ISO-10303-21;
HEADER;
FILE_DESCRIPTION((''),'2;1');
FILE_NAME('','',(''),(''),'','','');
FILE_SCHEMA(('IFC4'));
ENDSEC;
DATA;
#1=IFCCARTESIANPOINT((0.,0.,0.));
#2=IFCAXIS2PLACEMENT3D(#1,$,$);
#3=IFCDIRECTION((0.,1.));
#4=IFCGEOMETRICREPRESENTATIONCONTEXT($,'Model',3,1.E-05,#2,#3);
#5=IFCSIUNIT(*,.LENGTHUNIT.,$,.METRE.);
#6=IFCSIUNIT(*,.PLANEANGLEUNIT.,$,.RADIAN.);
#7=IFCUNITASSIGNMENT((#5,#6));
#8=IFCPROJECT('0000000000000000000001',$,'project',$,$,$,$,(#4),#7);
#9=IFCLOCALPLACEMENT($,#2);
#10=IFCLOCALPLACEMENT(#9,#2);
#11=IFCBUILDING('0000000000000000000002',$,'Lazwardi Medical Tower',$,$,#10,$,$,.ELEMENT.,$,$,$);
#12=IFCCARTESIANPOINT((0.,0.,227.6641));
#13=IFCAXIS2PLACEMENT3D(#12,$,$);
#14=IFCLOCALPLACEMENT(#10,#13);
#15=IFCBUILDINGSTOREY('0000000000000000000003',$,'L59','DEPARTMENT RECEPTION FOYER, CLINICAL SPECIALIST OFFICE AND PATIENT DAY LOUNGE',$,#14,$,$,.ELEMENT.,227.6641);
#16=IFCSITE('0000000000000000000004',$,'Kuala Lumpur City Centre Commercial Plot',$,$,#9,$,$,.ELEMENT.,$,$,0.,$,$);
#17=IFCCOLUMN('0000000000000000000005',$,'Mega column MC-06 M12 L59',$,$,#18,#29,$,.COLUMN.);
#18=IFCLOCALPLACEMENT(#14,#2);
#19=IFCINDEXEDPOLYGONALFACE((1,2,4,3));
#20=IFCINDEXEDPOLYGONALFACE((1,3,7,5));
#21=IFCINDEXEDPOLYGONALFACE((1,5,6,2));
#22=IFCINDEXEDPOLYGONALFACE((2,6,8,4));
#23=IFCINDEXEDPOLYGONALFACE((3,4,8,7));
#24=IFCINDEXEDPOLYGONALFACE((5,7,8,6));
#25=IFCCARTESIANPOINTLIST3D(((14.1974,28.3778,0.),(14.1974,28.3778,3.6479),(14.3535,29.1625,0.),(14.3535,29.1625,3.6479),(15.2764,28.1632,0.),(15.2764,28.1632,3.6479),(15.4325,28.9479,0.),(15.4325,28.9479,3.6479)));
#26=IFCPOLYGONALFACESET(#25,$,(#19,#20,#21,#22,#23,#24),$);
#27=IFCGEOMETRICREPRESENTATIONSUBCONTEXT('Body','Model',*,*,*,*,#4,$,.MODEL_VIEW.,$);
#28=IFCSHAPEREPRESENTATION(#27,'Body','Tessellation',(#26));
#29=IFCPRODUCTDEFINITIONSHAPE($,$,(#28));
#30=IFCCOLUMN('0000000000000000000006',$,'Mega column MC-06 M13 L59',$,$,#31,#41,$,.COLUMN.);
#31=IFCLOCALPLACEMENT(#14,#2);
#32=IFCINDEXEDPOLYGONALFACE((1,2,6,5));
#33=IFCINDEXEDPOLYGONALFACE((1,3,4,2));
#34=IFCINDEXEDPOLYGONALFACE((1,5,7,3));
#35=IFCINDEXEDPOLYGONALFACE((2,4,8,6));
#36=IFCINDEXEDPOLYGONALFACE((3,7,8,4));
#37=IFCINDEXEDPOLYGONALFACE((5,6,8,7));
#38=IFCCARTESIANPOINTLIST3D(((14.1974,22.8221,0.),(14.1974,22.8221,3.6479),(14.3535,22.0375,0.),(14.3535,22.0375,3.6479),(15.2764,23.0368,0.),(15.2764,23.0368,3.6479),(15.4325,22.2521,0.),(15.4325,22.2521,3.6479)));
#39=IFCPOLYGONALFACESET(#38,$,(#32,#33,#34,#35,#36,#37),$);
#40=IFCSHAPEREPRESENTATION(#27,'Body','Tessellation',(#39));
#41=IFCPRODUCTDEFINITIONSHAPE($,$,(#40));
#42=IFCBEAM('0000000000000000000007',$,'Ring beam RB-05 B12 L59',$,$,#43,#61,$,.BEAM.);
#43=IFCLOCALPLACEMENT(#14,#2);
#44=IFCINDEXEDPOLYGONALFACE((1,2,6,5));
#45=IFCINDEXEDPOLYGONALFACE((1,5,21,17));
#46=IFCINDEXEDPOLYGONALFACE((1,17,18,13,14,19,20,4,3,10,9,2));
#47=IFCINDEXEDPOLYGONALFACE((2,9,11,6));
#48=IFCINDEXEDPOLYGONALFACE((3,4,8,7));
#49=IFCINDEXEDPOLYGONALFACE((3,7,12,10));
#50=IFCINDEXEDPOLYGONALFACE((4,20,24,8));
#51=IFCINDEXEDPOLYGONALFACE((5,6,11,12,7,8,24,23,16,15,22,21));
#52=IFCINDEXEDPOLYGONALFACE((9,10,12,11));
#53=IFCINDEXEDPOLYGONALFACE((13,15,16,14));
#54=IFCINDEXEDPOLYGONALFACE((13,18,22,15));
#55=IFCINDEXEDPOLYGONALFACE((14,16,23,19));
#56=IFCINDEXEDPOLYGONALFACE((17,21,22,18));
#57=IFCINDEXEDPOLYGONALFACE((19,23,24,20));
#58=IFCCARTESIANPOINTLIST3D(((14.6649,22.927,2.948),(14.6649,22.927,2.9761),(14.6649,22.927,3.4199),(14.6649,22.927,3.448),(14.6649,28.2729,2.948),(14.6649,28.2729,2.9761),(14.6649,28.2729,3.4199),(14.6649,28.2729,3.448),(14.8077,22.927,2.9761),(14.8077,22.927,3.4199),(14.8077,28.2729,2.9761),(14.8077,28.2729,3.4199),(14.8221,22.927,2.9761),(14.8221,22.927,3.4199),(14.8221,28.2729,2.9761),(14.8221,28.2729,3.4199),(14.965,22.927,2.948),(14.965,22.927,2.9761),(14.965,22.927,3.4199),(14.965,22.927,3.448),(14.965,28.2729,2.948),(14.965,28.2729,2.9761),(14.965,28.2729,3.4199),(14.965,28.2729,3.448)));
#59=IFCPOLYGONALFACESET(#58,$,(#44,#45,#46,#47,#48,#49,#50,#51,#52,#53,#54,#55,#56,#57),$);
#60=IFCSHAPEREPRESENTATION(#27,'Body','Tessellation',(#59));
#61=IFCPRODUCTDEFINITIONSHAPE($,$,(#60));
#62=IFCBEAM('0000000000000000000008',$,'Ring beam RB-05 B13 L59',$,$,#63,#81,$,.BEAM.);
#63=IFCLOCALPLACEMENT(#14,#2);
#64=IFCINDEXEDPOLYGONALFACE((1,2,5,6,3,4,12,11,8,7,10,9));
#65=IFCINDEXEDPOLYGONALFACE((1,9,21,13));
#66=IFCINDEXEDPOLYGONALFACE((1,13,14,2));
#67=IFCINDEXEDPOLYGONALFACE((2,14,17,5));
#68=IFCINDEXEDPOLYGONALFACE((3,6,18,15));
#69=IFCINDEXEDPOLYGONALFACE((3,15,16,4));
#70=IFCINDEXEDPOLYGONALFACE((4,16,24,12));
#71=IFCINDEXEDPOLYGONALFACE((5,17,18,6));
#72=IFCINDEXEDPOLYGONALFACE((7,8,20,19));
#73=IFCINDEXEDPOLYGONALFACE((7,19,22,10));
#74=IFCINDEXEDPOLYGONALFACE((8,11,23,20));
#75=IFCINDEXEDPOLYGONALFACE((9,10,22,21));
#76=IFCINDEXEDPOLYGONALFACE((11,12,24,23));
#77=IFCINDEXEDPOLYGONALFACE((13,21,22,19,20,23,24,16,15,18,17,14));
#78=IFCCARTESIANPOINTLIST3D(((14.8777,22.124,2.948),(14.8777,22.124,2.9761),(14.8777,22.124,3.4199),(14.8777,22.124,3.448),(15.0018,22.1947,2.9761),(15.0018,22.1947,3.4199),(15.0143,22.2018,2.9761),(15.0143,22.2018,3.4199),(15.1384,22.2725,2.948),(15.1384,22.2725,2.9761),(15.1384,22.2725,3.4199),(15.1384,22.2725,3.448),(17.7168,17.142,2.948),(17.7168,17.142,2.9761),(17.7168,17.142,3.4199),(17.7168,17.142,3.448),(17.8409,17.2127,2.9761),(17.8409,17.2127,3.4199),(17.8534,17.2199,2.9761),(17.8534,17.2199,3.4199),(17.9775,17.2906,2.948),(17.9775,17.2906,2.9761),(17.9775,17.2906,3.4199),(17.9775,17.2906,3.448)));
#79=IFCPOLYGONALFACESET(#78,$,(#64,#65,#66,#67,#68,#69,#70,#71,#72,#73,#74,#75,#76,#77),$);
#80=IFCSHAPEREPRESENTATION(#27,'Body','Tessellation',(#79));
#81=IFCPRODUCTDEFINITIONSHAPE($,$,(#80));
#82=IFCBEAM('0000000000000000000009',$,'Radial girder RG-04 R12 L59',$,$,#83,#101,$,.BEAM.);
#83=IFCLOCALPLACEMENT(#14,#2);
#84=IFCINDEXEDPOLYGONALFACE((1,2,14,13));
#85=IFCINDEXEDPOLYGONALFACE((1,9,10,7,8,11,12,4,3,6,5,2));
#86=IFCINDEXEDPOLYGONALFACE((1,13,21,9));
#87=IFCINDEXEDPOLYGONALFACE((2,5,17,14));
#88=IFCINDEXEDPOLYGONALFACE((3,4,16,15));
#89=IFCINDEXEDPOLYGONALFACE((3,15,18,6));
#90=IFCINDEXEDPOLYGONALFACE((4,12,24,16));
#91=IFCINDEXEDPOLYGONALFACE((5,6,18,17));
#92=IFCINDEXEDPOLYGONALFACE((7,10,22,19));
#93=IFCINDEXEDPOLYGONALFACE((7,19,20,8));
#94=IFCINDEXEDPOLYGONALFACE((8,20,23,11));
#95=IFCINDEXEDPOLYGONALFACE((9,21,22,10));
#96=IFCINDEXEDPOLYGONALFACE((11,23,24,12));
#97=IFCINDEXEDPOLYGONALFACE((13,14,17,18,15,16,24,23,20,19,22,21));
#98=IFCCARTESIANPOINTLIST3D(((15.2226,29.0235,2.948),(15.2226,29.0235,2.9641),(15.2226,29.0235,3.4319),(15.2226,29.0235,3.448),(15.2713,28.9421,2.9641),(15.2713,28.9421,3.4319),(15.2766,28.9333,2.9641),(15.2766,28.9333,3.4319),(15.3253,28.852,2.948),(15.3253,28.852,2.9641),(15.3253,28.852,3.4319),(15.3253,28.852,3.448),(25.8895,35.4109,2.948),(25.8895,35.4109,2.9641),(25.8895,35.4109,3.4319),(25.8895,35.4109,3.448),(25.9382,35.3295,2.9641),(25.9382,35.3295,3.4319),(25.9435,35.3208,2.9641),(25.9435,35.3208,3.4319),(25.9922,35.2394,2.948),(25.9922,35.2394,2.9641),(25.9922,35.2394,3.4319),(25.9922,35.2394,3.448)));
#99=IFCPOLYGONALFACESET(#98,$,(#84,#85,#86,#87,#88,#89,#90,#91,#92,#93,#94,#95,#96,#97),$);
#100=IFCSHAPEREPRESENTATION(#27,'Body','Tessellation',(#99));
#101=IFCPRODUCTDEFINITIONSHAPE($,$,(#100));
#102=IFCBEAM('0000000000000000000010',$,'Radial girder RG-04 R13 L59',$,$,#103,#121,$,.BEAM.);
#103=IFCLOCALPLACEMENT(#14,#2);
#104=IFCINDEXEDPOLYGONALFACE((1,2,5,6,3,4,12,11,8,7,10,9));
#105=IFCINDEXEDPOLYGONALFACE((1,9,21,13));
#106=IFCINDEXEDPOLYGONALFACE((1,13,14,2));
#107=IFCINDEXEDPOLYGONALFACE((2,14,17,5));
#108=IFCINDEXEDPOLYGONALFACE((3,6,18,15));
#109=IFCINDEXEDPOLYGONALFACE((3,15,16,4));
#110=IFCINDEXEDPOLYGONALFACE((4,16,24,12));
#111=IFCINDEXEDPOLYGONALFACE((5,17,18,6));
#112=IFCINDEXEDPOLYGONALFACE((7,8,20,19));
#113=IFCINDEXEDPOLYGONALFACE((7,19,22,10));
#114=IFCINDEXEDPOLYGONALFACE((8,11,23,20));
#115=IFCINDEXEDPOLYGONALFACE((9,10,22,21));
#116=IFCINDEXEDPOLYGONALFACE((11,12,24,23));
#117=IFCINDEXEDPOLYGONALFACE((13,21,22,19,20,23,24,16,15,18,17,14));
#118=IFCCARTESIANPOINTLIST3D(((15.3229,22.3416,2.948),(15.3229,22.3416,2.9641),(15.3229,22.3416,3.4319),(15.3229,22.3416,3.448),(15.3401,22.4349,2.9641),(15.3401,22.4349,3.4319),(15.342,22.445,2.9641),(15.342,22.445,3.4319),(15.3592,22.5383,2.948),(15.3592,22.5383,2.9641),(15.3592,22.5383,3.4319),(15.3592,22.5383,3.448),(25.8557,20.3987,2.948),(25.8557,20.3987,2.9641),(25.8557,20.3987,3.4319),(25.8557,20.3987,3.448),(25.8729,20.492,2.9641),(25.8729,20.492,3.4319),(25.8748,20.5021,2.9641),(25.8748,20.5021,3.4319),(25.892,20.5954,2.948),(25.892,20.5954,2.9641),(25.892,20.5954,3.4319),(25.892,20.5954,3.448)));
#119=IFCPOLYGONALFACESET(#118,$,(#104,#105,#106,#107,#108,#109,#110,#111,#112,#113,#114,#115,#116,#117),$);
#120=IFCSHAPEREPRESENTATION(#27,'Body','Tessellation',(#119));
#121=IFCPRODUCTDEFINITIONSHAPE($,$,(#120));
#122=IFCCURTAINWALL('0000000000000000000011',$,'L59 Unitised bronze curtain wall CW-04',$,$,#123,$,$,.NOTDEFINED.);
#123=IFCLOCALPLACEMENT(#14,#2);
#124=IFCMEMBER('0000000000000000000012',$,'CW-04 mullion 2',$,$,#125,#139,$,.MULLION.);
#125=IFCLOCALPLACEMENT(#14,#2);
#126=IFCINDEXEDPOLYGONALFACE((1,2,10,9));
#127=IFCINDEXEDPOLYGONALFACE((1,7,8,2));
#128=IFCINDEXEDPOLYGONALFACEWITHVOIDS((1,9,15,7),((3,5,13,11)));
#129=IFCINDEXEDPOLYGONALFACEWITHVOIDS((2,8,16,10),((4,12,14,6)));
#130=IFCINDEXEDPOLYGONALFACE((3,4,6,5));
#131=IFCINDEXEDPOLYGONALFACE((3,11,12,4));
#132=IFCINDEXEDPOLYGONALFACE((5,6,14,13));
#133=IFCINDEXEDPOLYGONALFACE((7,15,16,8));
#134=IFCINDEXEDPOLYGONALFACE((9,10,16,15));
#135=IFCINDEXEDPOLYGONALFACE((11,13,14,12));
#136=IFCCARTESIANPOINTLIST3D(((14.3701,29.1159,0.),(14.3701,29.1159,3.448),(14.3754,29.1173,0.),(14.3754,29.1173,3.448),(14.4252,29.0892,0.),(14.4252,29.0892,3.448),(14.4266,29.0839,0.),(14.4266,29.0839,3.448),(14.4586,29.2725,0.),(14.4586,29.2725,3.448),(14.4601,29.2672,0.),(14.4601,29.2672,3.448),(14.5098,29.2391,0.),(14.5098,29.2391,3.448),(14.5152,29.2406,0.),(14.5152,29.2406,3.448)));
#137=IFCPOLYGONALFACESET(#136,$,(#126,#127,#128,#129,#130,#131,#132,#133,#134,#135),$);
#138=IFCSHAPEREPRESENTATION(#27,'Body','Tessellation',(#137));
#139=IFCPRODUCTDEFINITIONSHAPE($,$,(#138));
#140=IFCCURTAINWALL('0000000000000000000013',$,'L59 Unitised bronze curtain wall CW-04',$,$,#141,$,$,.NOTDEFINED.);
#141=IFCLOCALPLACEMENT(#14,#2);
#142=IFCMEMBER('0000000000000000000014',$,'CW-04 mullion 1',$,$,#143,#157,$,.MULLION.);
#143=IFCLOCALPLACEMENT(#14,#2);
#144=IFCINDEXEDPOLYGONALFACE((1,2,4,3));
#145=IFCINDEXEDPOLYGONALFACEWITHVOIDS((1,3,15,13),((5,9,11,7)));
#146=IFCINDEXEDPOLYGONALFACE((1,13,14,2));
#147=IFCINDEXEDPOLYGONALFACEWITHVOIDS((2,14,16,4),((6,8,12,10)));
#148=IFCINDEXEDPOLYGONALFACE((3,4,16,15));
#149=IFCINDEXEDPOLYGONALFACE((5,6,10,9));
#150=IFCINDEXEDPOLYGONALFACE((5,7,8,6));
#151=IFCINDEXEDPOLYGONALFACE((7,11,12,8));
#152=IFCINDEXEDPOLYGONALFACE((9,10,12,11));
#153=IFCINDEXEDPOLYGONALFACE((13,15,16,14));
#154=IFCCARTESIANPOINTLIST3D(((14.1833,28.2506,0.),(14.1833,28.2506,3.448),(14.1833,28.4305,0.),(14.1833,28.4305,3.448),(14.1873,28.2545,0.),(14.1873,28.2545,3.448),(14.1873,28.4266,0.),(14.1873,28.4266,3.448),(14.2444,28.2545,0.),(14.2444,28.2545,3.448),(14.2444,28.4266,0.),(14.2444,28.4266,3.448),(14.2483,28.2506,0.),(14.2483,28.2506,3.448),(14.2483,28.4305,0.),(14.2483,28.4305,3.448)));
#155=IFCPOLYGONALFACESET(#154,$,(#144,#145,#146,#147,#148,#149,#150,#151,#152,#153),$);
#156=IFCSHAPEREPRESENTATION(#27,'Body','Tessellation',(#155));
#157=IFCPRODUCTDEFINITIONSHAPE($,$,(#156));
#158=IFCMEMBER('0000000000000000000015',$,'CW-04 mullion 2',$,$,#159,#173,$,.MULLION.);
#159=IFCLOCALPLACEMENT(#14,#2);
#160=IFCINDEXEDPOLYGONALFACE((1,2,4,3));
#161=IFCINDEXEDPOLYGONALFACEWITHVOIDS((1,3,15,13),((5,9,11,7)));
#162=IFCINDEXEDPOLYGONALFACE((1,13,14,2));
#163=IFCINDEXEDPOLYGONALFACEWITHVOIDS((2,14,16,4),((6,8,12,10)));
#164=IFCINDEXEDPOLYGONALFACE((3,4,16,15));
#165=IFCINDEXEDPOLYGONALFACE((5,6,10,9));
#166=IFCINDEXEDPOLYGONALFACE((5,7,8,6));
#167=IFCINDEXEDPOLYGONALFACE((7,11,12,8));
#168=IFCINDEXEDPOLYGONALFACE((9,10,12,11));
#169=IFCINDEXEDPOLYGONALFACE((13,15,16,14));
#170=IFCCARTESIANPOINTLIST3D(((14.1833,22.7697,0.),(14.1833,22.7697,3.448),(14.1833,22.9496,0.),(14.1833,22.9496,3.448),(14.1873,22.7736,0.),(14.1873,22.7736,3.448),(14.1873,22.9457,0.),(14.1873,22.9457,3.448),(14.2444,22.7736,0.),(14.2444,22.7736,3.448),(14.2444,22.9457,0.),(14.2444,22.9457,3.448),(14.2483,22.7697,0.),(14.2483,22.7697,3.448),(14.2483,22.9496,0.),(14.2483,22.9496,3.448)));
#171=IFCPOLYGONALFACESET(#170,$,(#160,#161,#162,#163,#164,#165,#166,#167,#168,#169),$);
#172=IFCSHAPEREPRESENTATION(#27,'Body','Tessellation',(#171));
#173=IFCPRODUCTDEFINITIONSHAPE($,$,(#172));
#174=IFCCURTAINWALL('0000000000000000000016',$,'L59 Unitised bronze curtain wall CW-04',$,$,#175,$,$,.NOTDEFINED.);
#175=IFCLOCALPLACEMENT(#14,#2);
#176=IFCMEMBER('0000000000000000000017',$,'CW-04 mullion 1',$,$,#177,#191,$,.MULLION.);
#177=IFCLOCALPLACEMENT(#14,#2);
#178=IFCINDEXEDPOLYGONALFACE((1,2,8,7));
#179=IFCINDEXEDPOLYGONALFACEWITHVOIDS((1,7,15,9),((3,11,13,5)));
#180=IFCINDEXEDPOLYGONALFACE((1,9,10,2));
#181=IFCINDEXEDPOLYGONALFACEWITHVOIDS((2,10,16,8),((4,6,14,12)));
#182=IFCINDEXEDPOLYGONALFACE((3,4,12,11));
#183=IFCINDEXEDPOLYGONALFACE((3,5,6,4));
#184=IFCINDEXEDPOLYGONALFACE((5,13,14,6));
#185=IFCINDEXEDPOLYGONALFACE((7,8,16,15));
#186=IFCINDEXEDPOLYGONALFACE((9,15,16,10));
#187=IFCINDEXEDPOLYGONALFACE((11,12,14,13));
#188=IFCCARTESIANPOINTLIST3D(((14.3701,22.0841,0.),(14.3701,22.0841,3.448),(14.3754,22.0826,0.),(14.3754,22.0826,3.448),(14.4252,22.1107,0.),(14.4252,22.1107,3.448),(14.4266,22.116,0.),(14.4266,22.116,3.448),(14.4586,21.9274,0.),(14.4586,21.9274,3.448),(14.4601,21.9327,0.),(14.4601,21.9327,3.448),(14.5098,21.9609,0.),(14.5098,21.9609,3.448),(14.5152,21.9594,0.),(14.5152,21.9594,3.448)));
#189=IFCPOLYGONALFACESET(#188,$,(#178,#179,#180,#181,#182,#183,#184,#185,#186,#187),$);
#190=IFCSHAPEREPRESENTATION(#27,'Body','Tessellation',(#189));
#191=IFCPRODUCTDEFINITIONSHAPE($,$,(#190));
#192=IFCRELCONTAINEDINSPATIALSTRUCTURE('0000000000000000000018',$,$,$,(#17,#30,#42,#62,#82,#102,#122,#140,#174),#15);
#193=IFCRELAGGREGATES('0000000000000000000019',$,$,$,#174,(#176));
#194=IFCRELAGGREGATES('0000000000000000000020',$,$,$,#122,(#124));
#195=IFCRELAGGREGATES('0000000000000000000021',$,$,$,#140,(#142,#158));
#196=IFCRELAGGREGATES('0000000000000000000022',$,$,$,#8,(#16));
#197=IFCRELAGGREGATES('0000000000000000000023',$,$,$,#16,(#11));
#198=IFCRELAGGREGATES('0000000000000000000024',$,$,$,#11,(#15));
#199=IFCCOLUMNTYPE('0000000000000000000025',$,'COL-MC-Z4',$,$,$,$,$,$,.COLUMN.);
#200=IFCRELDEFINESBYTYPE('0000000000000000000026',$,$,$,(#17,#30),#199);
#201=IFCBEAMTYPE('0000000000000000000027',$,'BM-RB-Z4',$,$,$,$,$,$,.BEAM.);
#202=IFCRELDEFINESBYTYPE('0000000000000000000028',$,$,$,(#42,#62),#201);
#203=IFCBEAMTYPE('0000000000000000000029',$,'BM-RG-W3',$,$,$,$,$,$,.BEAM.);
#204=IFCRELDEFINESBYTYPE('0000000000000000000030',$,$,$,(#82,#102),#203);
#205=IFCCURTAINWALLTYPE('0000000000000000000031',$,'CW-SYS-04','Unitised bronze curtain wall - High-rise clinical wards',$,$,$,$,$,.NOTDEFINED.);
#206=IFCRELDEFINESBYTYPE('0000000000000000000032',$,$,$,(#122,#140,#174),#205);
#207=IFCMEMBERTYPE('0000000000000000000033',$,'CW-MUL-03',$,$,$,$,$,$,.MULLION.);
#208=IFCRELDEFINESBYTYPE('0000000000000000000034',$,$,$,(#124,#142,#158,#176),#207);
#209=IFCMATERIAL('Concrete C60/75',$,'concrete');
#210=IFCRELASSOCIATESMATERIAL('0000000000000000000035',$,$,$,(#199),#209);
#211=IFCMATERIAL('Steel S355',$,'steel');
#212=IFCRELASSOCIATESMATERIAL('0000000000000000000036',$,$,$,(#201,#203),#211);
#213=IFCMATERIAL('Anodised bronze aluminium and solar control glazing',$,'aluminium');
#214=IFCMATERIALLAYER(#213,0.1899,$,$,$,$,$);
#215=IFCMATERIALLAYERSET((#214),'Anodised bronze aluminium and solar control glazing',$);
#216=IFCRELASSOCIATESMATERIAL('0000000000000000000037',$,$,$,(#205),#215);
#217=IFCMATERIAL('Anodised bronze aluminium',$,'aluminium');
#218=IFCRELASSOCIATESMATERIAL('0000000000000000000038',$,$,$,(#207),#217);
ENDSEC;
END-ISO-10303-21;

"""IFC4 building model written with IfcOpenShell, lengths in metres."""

from ifc_helpers import new_model, si_unit, direction, frame, origin, origin_2d, place, context, subcontext, project, spatial, rectangle, hollow_rectangle, i_section, extrude, material, layer, layer_set, material_profile, profile_set, type_object, element, aggregate, save


model = new_model("IFC4")

# Units and contexts
model_context = context("Model", 3, precision=1e-05, world=origin(), true_north=direction((0.0, 1.0)))
body_context = subcontext(model_context, "Body", "Model", "MODEL_VIEW")
ifc_project = project(units=[si_unit("LENGTHUNIT", "METRE"), si_unit("PLANEANGLEUNIT", "RADIAN")], contexts=[model_context])

# Site, building, storey
site_placement = place(None, origin())
site = spatial("IfcSite", under=ifc_project, at=site_placement, Name="Kuala Lumpur City Centre Commercial Plot", CompositionType="ELEMENT", RefElevation=0.0)
building_placement = place(site_placement, origin())
building = spatial("IfcBuilding", under=site, at=building_placement, Name="Lazwardi Medical Tower", CompositionType="ELEMENT")
storey_placement = place(building_placement, frame((0.0, 0.0, 227.6641)))
storey = spatial("IfcBuildingStorey", under=building, at=storey_placement, Name="L59", Description="DEPARTMENT RECEPTION FOYER, CLINICAL SPECIALIST OFFICE AND PATIENT DAY LOUNGE", CompositionType="ELEMENT", Elevation=227.6641)

# Columns
ifc_material_1 = material(Name="Concrete C60/75", Category="concrete")
ifc_material_profile_1 = material_profile(ifc_material_1, rectangle(XDim=1.1001, YDim=0.8, at=origin_2d()), Name="CFT-RECT 1100x800")
ifc_profile_set_1 = profile_set([ifc_material_profile_1], Name="Concrete C60/75")
column_type = type_object("IfcColumnType", Name="COL-MC-Z4", PredefinedType="COLUMN", material=ifc_profile_set_1)
for number, where, z_axis, x_axis, name in (
    (1, (14.8149, 28.6628, 0.0), (0.0, 0.0, 1.0), (-0.980785, 0.19509, 0.0), "Mega column MC-06 M12 L59"),
    (2, (14.8149, 22.5371, 0.0), (0.0, 0.0, 1.0), (-0.980785, -0.19509, 0.0), "Mega column MC-06 M13 L59"),
):
    element("IfcColumn", number, at=place(storey_placement, frame(where, z_axis=z_axis, x_axis=x_axis)), inside=storey, type_object=column_type, Name=name, PredefinedType="COLUMN", context=body_context, shape_type="SweptSolid", body=[
        extrude(rectangle(XDim=1.1001, YDim=0.8, at=origin_2d()), origin(), (0.0, 0.0, 1.0), 3.6479),
    ])

# Beams
ifc_material_2 = material(Name="Steel S355", Category="steel")
ifc_material_profile_2 = material_profile(ifc_material_2, i_section(OverallWidth=0.3, OverallDepth=0.5, WebThickness=0.0144, FlangeThickness=0.0281, at=origin_2d()), Name="HEB 500")
ifc_profile_set_2 = profile_set([ifc_material_profile_2], Name="Steel S355")
beam_type_1 = type_object("IfcBeamType", Name="BM-RB-Z4", PredefinedType="BEAM", material=ifc_profile_set_2)
beam_1_placement = place(storey_placement, frame((14.8149, 28.2729, 3.198), z_axis=(0.0, -1.0, 0.0), x_axis=(1.0, 0.0, 0.0)))
element("IfcBeam", 3, at=beam_1_placement, inside=storey, type_object=beam_type_1, Name="Ring beam RB-05 B12 L59", PredefinedType="BEAM", context=body_context, shape_type="SweptSolid", body=[
    extrude(i_section(OverallWidth=0.3, OverallDepth=0.5, WebThickness=0.0144, FlangeThickness=0.0281, at=origin_2d()), origin(), (0.0, 0.0, 1.0), 5.3459),
])
beam_2_placement = place(storey_placement, frame((15.0081, 22.1982, 3.198), z_axis=(0.495125, -0.868822, 0.0), x_axis=(0.868822, 0.495125, 0.0)))
element("IfcBeam", 4, at=beam_2_placement, inside=storey, type_object=beam_type_1, Name="Ring beam RB-05 B13 L59", PredefinedType="BEAM", context=body_context, shape_type="SweptSolid", body=[
    extrude(i_section(OverallWidth=0.3, OverallDepth=0.5, WebThickness=0.0144, FlangeThickness=0.0281, at=origin_2d()), origin(), (0.0, 0.0, 1.0), 5.7341),
])
ifc_material_profile_3 = material_profile(ifc_material_2, i_section(OverallWidth=0.2, OverallDepth=0.5, WebThickness=0.0103, FlangeThickness=0.0161, at=origin_2d()), Name="IPE 500")
ifc_profile_set_3 = profile_set([ifc_material_profile_3], Name="Steel S355")
beam_type_2 = type_object("IfcBeamType", Name="BM-RG-W3", PredefinedType="BEAM", material=ifc_profile_set_3)
beam_3_placement = place(storey_placement, frame((15.2739, 28.9377, 3.198), z_axis=(0.857945, 0.513742, 0.0), x_axis=(-0.513742, 0.857945, 0.0)))
element("IfcBeam", 5, at=beam_3_placement, inside=storey, type_object=beam_type_2, Name="Radial girder RG-04 R12 L59", PredefinedType="BEAM", context=body_context, shape_type="SweptSolid", body=[
    extrude(i_section(OverallWidth=0.2, OverallDepth=0.5, WebThickness=0.0103, FlangeThickness=0.0161, at=origin_2d()), origin(), (0.0, 0.0, 1.0), 12.4331),
])
beam_4_placement = place(storey_placement, frame((15.3411, 22.4399, 3.198), z_axis=(0.983409, -0.1814, 0.0), x_axis=(0.1814, 0.983409, 0.0)))
element("IfcBeam", 6, at=beam_4_placement, inside=storey, type_object=beam_type_2, Name="Radial girder RG-04 R13 L59", PredefinedType="BEAM", context=body_context, shape_type="SweptSolid", body=[
    extrude(i_section(OverallWidth=0.2, OverallDepth=0.5, WebThickness=0.0103, FlangeThickness=0.0161, at=origin_2d()), origin(), (0.0, 0.0, 1.0), 10.7104),
])

# Curtain wall, member
ifc_material_3 = material(Name="Anodised bronze aluminium and solar control glazing", Category="aluminium")
ifc_layer_1 = layer(ifc_material_3, 0.1899)
ifc_layer_set_1 = layer_set([ifc_layer_1], Name="Anodised bronze aluminium and solar control glazing")
curtain_wall_type = type_object("IfcCurtainWallType", Name="CW-SYS-04", Description="Unitised bronze curtain wall - High-rise clinical wards", PredefinedType="NOTDEFINED", material=ifc_layer_set_1)
curtain_wall_1_placement = place(storey_placement, origin())
curtain_wall_1 = element("IfcCurtainWall", 7, at=curtain_wall_1_placement, inside=storey, type_object=curtain_wall_type, Name="L59 Unitised bronze curtain wall CW-04", PredefinedType="NOTDEFINED")
ifc_material_4 = material(Name="Anodised bronze aluminium", Category="aluminium")
ifc_material_profile_4 = material_profile(ifc_material_4, hollow_rectangle(XDim=0.0649, YDim=0.1799, WallThickness=0.0039, at=origin_2d()), Name="ALU-MULLION 180x65x4")
ifc_profile_set_4 = profile_set([ifc_material_profile_4], Name="Anodised bronze aluminium")
member_type_1 = type_object("IfcMemberType", Name="CW-MUL-03", PredefinedType="MULLION", material=ifc_profile_set_4)
member_1_placement = place(storey_placement, frame((14.4426, 29.1782, 0.0), z_axis=(0.0, 0.0, 1.0), x_axis=(0.870651, -0.4919, 0.0)))
member_1 = element("IfcMember", 8, at=member_1_placement, type_object=member_type_1, Name="CW-04 mullion 2", PredefinedType="MULLION", context=body_context, shape_type="SweptSolid", body=[
    extrude(hollow_rectangle(XDim=0.0649, YDim=0.1799, WallThickness=0.0039, at=origin_2d()), origin(), (0.0, 0.0, 1.0), 3.448),
])

# Curtain wall, members
curtain_wall_2_placement = place(storey_placement, origin())
curtain_wall_2 = element("IfcCurtainWall", 9, at=curtain_wall_2_placement, inside=storey, type_object=curtain_wall_type, Name="L59 Unitised bronze curtain wall CW-04", PredefinedType="NOTDEFINED")
member_2_placement = place(storey_placement, frame((14.2158, 28.3406, 0.0), z_axis=(0.0, 0.0, 1.0), x_axis=(1.0, 0.0, 0.0)))
member_2 = element("IfcMember", 10, at=member_2_placement, type_object=member_type_1, Name="CW-04 mullion 1", PredefinedType="MULLION", context=body_context, shape_type="SweptSolid", body=[
    extrude(hollow_rectangle(XDim=0.0649, YDim=0.1799, WallThickness=0.0039, at=origin_2d()), origin(), (0.0, 0.0, 1.0), 3.448),
])
member_3_placement = place(storey_placement, frame((14.2158, 22.8596, 0.0), z_axis=(0.0, 0.0, 1.0), x_axis=(1.0, 0.0, 0.0)))
member_3 = element("IfcMember", 11, at=member_3_placement, type_object=member_type_1, Name="CW-04 mullion 2", PredefinedType="MULLION", context=body_context, shape_type="SweptSolid", body=[
    extrude(hollow_rectangle(XDim=0.0649, YDim=0.1799, WallThickness=0.0039, at=origin_2d()), origin(), (0.0, 0.0, 1.0), 3.448),
])

# Curtain wall, member
curtain_wall_3_placement = place(storey_placement, origin())
curtain_wall_3 = element("IfcCurtainWall", 12, at=curtain_wall_3_placement, inside=storey, type_object=curtain_wall_type, Name="L59 Unitised bronze curtain wall CW-04", PredefinedType="NOTDEFINED")
member_4_placement = place(storey_placement, frame((14.4426, 22.0217, 0.0), z_axis=(0.0, 0.0, 1.0), x_axis=(0.870651, 0.4919, 0.0)))
member_4 = element("IfcMember", 13, at=member_4_placement, type_object=member_type_1, Name="CW-04 mullion 1", PredefinedType="MULLION", context=body_context, shape_type="SweptSolid", body=[
    extrude(hollow_rectangle(XDim=0.0649, YDim=0.1799, WallThickness=0.0039, at=origin_2d()), origin(), (0.0, 0.0, 1.0), 3.448),
])
aggregate(curtain_wall_3, [member_4])

aggregate(curtain_wall_1, [member_1])
aggregate(curtain_wall_2, [member_2, member_3])

save(model, "model.ifc")
